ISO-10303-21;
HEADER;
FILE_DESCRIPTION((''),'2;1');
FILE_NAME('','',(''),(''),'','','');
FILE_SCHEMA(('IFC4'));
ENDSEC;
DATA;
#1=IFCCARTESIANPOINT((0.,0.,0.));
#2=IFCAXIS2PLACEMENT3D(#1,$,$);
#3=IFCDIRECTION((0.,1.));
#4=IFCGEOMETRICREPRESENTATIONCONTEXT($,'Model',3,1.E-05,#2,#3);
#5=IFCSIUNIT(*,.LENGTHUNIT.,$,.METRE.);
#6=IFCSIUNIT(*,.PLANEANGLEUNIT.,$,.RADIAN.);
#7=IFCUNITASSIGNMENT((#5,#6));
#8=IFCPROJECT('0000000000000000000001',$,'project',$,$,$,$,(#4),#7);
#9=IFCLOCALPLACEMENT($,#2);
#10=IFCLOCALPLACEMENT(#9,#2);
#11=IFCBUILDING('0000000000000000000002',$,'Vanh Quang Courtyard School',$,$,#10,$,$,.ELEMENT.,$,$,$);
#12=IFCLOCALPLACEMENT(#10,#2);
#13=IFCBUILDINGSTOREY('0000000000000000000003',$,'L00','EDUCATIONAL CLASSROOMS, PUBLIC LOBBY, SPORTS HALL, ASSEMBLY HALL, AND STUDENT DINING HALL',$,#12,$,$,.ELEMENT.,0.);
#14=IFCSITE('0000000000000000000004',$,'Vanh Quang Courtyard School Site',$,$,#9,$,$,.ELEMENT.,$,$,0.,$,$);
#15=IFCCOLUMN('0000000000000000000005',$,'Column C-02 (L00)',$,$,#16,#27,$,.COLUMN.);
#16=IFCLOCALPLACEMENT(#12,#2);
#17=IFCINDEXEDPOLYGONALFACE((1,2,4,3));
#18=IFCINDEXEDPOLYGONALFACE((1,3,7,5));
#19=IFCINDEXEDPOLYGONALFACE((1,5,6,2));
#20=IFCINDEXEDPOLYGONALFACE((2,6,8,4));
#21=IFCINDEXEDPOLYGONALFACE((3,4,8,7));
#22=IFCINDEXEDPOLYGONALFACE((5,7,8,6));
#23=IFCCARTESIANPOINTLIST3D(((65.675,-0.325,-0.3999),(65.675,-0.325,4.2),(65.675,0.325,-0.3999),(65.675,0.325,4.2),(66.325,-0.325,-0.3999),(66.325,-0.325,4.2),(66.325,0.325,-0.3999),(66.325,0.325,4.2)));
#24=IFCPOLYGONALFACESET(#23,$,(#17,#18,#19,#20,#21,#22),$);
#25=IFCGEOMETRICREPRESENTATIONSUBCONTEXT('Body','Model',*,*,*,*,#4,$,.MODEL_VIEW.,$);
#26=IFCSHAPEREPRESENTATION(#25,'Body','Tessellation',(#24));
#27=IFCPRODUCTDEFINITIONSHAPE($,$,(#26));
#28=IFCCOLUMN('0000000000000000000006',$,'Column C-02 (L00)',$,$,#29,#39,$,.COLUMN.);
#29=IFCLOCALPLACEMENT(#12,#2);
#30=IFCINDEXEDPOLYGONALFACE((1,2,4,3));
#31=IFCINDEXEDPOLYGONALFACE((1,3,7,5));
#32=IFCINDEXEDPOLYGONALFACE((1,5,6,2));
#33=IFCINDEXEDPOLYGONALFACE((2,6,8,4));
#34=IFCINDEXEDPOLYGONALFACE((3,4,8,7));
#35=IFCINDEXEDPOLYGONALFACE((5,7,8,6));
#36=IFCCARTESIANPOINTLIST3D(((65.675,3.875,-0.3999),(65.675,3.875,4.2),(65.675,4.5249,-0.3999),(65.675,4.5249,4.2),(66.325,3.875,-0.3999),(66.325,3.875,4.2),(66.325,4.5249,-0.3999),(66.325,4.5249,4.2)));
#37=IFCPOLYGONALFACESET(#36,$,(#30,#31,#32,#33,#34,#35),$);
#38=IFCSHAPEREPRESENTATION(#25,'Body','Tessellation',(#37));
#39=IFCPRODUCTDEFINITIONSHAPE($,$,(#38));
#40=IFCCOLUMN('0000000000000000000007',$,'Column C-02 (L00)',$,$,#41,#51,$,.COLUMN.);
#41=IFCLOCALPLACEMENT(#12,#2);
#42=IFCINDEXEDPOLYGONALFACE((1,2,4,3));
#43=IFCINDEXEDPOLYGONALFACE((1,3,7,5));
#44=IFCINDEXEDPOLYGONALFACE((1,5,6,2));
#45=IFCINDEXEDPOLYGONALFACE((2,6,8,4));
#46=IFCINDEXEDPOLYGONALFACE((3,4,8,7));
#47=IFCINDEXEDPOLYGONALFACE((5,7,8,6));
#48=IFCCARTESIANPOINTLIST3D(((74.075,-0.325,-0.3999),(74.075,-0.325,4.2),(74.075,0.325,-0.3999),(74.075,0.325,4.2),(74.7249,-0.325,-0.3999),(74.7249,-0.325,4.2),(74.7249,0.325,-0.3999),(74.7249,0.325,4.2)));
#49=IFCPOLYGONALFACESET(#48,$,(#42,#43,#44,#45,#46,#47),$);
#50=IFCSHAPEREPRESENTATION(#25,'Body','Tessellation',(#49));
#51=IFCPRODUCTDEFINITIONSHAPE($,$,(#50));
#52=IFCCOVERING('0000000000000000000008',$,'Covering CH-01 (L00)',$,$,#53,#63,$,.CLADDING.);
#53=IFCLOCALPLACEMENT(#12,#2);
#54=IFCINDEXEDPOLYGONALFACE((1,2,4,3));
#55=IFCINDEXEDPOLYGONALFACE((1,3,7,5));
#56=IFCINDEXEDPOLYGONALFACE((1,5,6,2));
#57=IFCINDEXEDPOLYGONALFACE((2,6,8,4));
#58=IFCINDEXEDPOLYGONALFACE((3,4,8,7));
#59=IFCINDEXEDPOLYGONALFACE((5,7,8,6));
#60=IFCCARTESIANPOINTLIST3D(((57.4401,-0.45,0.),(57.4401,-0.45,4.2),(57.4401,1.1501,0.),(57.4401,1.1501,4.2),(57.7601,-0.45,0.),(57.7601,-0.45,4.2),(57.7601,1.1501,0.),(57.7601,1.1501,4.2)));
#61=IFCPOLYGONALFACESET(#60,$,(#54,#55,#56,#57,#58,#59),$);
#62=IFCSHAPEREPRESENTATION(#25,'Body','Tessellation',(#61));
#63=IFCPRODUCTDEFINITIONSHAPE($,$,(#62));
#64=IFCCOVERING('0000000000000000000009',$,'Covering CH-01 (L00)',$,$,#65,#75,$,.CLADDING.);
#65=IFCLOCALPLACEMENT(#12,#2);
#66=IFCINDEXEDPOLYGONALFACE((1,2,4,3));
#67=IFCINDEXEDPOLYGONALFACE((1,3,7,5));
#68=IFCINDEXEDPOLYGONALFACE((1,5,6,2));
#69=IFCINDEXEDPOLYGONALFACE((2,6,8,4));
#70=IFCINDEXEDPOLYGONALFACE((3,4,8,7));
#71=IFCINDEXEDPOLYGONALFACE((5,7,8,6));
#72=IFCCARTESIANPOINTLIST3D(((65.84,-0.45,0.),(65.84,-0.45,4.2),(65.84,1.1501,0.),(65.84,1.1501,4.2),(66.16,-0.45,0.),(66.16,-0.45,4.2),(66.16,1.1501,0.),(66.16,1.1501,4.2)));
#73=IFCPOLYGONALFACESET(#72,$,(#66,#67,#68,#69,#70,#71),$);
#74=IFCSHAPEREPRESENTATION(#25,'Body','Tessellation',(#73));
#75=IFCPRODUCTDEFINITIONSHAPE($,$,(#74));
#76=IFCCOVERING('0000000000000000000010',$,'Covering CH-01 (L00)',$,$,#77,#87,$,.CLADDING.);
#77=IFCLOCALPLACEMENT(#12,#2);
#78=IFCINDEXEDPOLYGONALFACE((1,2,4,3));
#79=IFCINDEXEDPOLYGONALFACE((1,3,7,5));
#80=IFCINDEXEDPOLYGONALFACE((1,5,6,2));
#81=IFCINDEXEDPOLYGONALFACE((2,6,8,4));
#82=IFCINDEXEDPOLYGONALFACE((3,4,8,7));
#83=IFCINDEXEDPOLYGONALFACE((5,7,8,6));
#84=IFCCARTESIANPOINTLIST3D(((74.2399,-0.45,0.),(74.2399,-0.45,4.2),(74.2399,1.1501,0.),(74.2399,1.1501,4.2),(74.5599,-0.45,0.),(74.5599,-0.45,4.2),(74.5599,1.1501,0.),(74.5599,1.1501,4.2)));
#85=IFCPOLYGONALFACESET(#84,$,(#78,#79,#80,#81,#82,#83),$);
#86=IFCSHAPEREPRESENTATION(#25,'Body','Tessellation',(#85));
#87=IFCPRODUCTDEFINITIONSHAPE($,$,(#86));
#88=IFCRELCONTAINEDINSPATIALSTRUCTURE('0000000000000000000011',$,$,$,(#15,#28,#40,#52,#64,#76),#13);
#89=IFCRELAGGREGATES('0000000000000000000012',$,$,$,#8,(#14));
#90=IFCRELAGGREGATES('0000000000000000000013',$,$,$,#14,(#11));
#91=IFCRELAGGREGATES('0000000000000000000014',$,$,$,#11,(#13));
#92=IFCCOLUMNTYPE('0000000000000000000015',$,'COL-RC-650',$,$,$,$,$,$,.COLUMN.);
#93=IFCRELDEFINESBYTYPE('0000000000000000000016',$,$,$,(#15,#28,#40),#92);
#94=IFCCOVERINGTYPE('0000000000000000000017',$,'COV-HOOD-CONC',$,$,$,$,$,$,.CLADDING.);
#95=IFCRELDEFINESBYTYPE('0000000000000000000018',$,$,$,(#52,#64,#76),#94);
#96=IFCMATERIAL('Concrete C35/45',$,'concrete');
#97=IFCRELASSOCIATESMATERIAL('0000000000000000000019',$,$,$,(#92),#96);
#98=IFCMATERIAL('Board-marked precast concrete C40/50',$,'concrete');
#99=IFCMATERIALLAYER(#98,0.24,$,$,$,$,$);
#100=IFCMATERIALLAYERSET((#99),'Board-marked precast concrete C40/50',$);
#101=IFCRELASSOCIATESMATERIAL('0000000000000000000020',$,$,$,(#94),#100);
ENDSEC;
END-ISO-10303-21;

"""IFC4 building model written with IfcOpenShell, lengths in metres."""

from ifc_helpers import new_model, si_unit, direction, frame, origin, origin_2d, place, context, subcontext, project, spatial, rectangle, extrude, material, layer, layer_set, material_profile, profile_set, type_object, element, save


model = new_model("IFC4")

# Units and contexts
model_context = context("Model", 3, precision=1e-05, world=origin(), true_north=direction((0.0, 1.0)))
body_context = subcontext(model_context, "Body", "Model", "MODEL_VIEW")
ifc_project = project(units=[si_unit("LENGTHUNIT", "METRE"), si_unit("PLANEANGLEUNIT", "RADIAN")], contexts=[model_context])

# Site, building, storey
site_placement = place(None, origin())
site = spatial("IfcSite", under=ifc_project, at=site_placement, Name="Vanh Quang Courtyard School Site", CompositionType="ELEMENT", RefElevation=0.0)
building_placement = place(site_placement, origin())
building = spatial("IfcBuilding", under=site, at=building_placement, Name="Vanh Quang Courtyard School", CompositionType="ELEMENT")
storey_placement = place(building_placement, origin())
storey = spatial("IfcBuildingStorey", under=building, at=storey_placement, Name="L00", Description="EDUCATIONAL CLASSROOMS, PUBLIC LOBBY, SPORTS HALL, ASSEMBLY HALL, AND STUDENT DINING HALL", CompositionType="ELEMENT", Elevation=0.0)

# Shared definitions
ifc_material_1 = material(Name="Concrete C35/45", Category="concrete")

# Columns
ifc_material_profile_1 = material_profile(ifc_material_1, rectangle(XDim=0.6499, YDim=0.6499, at=origin_2d()), Name="RC-COL 650x650")
ifc_profile_set_1 = profile_set([ifc_material_profile_1], Name="Concrete C35/45")
column_type = type_object("IfcColumnType", Name="COL-RC-650", PredefinedType="COLUMN", material=ifc_profile_set_1)
for number, where, z_axis, x_axis, name in (
    (1, (66.0, 0.0, -0.3999), (0.0, 0.0, 1.0), (1.0, 0.0, 0.0), "Column C-02 (L00)"),
    (2, (66.0, 4.2, -0.3999), (0.0, 0.0, 1.0), (1.0, 0.0, 0.0), "Column C-02 (L00)"),
    (3, (74.3999, 0.0, -0.3999), (0.0, 0.0, 1.0), (1.0, 0.0, 0.0), "Column C-02 (L00)"),
):
    element("IfcColumn", number, at=place(storey_placement, frame(where, z_axis=z_axis, x_axis=x_axis)), inside=storey, type_object=column_type, Name=name, PredefinedType="COLUMN", context=body_context, shape_type="SweptSolid", body=[
        extrude(rectangle(XDim=0.6499, YDim=0.6499, at=origin_2d()), origin(), (0.0, 0.0, 1.0), 4.5999),
    ])

# Coverings
ifc_material_2 = material(Name="Board-marked precast concrete C40/50", Category="concrete")
ifc_layer = layer(ifc_material_2, 0.24)
ifc_layer_set = layer_set([ifc_layer], Name="Board-marked precast concrete C40/50")
covering_type = type_object("IfcCoveringType", Name="COV-HOOD-CONC", PredefinedType="CLADDING", material=ifc_layer_set)
for number, where, z_axis, x_axis, name in (
    (4, (57.6001, 0.3501, 0.0), (0.0, 0.0, 1.0), (0.0, 1.0, 0.0), "Covering CH-01 (L00)"),
    (5, (66.0, 0.3501, 0.0), (0.0, 0.0, 1.0), (0.0, 1.0, 0.0), "Covering CH-01 (L00)"),
    (6, (74.3999, 0.3501, 0.0), (0.0, 0.0, 1.0), (0.0, 1.0, 0.0), "Covering CH-01 (L00)"),
):
    element("IfcCovering", number, at=place(storey_placement, frame(where, z_axis=z_axis, x_axis=x_axis)), inside=storey, type_object=covering_type, Name=name, PredefinedType="CLADDING", context=body_context, shape_type="SweptSolid", body=[
        extrude(rectangle(XDim=1.6001, YDim=0.3201, at=origin_2d()), origin(), (0.0, 0.0, 1.0), 4.2),
    ])

save(model, "model.ifc")
